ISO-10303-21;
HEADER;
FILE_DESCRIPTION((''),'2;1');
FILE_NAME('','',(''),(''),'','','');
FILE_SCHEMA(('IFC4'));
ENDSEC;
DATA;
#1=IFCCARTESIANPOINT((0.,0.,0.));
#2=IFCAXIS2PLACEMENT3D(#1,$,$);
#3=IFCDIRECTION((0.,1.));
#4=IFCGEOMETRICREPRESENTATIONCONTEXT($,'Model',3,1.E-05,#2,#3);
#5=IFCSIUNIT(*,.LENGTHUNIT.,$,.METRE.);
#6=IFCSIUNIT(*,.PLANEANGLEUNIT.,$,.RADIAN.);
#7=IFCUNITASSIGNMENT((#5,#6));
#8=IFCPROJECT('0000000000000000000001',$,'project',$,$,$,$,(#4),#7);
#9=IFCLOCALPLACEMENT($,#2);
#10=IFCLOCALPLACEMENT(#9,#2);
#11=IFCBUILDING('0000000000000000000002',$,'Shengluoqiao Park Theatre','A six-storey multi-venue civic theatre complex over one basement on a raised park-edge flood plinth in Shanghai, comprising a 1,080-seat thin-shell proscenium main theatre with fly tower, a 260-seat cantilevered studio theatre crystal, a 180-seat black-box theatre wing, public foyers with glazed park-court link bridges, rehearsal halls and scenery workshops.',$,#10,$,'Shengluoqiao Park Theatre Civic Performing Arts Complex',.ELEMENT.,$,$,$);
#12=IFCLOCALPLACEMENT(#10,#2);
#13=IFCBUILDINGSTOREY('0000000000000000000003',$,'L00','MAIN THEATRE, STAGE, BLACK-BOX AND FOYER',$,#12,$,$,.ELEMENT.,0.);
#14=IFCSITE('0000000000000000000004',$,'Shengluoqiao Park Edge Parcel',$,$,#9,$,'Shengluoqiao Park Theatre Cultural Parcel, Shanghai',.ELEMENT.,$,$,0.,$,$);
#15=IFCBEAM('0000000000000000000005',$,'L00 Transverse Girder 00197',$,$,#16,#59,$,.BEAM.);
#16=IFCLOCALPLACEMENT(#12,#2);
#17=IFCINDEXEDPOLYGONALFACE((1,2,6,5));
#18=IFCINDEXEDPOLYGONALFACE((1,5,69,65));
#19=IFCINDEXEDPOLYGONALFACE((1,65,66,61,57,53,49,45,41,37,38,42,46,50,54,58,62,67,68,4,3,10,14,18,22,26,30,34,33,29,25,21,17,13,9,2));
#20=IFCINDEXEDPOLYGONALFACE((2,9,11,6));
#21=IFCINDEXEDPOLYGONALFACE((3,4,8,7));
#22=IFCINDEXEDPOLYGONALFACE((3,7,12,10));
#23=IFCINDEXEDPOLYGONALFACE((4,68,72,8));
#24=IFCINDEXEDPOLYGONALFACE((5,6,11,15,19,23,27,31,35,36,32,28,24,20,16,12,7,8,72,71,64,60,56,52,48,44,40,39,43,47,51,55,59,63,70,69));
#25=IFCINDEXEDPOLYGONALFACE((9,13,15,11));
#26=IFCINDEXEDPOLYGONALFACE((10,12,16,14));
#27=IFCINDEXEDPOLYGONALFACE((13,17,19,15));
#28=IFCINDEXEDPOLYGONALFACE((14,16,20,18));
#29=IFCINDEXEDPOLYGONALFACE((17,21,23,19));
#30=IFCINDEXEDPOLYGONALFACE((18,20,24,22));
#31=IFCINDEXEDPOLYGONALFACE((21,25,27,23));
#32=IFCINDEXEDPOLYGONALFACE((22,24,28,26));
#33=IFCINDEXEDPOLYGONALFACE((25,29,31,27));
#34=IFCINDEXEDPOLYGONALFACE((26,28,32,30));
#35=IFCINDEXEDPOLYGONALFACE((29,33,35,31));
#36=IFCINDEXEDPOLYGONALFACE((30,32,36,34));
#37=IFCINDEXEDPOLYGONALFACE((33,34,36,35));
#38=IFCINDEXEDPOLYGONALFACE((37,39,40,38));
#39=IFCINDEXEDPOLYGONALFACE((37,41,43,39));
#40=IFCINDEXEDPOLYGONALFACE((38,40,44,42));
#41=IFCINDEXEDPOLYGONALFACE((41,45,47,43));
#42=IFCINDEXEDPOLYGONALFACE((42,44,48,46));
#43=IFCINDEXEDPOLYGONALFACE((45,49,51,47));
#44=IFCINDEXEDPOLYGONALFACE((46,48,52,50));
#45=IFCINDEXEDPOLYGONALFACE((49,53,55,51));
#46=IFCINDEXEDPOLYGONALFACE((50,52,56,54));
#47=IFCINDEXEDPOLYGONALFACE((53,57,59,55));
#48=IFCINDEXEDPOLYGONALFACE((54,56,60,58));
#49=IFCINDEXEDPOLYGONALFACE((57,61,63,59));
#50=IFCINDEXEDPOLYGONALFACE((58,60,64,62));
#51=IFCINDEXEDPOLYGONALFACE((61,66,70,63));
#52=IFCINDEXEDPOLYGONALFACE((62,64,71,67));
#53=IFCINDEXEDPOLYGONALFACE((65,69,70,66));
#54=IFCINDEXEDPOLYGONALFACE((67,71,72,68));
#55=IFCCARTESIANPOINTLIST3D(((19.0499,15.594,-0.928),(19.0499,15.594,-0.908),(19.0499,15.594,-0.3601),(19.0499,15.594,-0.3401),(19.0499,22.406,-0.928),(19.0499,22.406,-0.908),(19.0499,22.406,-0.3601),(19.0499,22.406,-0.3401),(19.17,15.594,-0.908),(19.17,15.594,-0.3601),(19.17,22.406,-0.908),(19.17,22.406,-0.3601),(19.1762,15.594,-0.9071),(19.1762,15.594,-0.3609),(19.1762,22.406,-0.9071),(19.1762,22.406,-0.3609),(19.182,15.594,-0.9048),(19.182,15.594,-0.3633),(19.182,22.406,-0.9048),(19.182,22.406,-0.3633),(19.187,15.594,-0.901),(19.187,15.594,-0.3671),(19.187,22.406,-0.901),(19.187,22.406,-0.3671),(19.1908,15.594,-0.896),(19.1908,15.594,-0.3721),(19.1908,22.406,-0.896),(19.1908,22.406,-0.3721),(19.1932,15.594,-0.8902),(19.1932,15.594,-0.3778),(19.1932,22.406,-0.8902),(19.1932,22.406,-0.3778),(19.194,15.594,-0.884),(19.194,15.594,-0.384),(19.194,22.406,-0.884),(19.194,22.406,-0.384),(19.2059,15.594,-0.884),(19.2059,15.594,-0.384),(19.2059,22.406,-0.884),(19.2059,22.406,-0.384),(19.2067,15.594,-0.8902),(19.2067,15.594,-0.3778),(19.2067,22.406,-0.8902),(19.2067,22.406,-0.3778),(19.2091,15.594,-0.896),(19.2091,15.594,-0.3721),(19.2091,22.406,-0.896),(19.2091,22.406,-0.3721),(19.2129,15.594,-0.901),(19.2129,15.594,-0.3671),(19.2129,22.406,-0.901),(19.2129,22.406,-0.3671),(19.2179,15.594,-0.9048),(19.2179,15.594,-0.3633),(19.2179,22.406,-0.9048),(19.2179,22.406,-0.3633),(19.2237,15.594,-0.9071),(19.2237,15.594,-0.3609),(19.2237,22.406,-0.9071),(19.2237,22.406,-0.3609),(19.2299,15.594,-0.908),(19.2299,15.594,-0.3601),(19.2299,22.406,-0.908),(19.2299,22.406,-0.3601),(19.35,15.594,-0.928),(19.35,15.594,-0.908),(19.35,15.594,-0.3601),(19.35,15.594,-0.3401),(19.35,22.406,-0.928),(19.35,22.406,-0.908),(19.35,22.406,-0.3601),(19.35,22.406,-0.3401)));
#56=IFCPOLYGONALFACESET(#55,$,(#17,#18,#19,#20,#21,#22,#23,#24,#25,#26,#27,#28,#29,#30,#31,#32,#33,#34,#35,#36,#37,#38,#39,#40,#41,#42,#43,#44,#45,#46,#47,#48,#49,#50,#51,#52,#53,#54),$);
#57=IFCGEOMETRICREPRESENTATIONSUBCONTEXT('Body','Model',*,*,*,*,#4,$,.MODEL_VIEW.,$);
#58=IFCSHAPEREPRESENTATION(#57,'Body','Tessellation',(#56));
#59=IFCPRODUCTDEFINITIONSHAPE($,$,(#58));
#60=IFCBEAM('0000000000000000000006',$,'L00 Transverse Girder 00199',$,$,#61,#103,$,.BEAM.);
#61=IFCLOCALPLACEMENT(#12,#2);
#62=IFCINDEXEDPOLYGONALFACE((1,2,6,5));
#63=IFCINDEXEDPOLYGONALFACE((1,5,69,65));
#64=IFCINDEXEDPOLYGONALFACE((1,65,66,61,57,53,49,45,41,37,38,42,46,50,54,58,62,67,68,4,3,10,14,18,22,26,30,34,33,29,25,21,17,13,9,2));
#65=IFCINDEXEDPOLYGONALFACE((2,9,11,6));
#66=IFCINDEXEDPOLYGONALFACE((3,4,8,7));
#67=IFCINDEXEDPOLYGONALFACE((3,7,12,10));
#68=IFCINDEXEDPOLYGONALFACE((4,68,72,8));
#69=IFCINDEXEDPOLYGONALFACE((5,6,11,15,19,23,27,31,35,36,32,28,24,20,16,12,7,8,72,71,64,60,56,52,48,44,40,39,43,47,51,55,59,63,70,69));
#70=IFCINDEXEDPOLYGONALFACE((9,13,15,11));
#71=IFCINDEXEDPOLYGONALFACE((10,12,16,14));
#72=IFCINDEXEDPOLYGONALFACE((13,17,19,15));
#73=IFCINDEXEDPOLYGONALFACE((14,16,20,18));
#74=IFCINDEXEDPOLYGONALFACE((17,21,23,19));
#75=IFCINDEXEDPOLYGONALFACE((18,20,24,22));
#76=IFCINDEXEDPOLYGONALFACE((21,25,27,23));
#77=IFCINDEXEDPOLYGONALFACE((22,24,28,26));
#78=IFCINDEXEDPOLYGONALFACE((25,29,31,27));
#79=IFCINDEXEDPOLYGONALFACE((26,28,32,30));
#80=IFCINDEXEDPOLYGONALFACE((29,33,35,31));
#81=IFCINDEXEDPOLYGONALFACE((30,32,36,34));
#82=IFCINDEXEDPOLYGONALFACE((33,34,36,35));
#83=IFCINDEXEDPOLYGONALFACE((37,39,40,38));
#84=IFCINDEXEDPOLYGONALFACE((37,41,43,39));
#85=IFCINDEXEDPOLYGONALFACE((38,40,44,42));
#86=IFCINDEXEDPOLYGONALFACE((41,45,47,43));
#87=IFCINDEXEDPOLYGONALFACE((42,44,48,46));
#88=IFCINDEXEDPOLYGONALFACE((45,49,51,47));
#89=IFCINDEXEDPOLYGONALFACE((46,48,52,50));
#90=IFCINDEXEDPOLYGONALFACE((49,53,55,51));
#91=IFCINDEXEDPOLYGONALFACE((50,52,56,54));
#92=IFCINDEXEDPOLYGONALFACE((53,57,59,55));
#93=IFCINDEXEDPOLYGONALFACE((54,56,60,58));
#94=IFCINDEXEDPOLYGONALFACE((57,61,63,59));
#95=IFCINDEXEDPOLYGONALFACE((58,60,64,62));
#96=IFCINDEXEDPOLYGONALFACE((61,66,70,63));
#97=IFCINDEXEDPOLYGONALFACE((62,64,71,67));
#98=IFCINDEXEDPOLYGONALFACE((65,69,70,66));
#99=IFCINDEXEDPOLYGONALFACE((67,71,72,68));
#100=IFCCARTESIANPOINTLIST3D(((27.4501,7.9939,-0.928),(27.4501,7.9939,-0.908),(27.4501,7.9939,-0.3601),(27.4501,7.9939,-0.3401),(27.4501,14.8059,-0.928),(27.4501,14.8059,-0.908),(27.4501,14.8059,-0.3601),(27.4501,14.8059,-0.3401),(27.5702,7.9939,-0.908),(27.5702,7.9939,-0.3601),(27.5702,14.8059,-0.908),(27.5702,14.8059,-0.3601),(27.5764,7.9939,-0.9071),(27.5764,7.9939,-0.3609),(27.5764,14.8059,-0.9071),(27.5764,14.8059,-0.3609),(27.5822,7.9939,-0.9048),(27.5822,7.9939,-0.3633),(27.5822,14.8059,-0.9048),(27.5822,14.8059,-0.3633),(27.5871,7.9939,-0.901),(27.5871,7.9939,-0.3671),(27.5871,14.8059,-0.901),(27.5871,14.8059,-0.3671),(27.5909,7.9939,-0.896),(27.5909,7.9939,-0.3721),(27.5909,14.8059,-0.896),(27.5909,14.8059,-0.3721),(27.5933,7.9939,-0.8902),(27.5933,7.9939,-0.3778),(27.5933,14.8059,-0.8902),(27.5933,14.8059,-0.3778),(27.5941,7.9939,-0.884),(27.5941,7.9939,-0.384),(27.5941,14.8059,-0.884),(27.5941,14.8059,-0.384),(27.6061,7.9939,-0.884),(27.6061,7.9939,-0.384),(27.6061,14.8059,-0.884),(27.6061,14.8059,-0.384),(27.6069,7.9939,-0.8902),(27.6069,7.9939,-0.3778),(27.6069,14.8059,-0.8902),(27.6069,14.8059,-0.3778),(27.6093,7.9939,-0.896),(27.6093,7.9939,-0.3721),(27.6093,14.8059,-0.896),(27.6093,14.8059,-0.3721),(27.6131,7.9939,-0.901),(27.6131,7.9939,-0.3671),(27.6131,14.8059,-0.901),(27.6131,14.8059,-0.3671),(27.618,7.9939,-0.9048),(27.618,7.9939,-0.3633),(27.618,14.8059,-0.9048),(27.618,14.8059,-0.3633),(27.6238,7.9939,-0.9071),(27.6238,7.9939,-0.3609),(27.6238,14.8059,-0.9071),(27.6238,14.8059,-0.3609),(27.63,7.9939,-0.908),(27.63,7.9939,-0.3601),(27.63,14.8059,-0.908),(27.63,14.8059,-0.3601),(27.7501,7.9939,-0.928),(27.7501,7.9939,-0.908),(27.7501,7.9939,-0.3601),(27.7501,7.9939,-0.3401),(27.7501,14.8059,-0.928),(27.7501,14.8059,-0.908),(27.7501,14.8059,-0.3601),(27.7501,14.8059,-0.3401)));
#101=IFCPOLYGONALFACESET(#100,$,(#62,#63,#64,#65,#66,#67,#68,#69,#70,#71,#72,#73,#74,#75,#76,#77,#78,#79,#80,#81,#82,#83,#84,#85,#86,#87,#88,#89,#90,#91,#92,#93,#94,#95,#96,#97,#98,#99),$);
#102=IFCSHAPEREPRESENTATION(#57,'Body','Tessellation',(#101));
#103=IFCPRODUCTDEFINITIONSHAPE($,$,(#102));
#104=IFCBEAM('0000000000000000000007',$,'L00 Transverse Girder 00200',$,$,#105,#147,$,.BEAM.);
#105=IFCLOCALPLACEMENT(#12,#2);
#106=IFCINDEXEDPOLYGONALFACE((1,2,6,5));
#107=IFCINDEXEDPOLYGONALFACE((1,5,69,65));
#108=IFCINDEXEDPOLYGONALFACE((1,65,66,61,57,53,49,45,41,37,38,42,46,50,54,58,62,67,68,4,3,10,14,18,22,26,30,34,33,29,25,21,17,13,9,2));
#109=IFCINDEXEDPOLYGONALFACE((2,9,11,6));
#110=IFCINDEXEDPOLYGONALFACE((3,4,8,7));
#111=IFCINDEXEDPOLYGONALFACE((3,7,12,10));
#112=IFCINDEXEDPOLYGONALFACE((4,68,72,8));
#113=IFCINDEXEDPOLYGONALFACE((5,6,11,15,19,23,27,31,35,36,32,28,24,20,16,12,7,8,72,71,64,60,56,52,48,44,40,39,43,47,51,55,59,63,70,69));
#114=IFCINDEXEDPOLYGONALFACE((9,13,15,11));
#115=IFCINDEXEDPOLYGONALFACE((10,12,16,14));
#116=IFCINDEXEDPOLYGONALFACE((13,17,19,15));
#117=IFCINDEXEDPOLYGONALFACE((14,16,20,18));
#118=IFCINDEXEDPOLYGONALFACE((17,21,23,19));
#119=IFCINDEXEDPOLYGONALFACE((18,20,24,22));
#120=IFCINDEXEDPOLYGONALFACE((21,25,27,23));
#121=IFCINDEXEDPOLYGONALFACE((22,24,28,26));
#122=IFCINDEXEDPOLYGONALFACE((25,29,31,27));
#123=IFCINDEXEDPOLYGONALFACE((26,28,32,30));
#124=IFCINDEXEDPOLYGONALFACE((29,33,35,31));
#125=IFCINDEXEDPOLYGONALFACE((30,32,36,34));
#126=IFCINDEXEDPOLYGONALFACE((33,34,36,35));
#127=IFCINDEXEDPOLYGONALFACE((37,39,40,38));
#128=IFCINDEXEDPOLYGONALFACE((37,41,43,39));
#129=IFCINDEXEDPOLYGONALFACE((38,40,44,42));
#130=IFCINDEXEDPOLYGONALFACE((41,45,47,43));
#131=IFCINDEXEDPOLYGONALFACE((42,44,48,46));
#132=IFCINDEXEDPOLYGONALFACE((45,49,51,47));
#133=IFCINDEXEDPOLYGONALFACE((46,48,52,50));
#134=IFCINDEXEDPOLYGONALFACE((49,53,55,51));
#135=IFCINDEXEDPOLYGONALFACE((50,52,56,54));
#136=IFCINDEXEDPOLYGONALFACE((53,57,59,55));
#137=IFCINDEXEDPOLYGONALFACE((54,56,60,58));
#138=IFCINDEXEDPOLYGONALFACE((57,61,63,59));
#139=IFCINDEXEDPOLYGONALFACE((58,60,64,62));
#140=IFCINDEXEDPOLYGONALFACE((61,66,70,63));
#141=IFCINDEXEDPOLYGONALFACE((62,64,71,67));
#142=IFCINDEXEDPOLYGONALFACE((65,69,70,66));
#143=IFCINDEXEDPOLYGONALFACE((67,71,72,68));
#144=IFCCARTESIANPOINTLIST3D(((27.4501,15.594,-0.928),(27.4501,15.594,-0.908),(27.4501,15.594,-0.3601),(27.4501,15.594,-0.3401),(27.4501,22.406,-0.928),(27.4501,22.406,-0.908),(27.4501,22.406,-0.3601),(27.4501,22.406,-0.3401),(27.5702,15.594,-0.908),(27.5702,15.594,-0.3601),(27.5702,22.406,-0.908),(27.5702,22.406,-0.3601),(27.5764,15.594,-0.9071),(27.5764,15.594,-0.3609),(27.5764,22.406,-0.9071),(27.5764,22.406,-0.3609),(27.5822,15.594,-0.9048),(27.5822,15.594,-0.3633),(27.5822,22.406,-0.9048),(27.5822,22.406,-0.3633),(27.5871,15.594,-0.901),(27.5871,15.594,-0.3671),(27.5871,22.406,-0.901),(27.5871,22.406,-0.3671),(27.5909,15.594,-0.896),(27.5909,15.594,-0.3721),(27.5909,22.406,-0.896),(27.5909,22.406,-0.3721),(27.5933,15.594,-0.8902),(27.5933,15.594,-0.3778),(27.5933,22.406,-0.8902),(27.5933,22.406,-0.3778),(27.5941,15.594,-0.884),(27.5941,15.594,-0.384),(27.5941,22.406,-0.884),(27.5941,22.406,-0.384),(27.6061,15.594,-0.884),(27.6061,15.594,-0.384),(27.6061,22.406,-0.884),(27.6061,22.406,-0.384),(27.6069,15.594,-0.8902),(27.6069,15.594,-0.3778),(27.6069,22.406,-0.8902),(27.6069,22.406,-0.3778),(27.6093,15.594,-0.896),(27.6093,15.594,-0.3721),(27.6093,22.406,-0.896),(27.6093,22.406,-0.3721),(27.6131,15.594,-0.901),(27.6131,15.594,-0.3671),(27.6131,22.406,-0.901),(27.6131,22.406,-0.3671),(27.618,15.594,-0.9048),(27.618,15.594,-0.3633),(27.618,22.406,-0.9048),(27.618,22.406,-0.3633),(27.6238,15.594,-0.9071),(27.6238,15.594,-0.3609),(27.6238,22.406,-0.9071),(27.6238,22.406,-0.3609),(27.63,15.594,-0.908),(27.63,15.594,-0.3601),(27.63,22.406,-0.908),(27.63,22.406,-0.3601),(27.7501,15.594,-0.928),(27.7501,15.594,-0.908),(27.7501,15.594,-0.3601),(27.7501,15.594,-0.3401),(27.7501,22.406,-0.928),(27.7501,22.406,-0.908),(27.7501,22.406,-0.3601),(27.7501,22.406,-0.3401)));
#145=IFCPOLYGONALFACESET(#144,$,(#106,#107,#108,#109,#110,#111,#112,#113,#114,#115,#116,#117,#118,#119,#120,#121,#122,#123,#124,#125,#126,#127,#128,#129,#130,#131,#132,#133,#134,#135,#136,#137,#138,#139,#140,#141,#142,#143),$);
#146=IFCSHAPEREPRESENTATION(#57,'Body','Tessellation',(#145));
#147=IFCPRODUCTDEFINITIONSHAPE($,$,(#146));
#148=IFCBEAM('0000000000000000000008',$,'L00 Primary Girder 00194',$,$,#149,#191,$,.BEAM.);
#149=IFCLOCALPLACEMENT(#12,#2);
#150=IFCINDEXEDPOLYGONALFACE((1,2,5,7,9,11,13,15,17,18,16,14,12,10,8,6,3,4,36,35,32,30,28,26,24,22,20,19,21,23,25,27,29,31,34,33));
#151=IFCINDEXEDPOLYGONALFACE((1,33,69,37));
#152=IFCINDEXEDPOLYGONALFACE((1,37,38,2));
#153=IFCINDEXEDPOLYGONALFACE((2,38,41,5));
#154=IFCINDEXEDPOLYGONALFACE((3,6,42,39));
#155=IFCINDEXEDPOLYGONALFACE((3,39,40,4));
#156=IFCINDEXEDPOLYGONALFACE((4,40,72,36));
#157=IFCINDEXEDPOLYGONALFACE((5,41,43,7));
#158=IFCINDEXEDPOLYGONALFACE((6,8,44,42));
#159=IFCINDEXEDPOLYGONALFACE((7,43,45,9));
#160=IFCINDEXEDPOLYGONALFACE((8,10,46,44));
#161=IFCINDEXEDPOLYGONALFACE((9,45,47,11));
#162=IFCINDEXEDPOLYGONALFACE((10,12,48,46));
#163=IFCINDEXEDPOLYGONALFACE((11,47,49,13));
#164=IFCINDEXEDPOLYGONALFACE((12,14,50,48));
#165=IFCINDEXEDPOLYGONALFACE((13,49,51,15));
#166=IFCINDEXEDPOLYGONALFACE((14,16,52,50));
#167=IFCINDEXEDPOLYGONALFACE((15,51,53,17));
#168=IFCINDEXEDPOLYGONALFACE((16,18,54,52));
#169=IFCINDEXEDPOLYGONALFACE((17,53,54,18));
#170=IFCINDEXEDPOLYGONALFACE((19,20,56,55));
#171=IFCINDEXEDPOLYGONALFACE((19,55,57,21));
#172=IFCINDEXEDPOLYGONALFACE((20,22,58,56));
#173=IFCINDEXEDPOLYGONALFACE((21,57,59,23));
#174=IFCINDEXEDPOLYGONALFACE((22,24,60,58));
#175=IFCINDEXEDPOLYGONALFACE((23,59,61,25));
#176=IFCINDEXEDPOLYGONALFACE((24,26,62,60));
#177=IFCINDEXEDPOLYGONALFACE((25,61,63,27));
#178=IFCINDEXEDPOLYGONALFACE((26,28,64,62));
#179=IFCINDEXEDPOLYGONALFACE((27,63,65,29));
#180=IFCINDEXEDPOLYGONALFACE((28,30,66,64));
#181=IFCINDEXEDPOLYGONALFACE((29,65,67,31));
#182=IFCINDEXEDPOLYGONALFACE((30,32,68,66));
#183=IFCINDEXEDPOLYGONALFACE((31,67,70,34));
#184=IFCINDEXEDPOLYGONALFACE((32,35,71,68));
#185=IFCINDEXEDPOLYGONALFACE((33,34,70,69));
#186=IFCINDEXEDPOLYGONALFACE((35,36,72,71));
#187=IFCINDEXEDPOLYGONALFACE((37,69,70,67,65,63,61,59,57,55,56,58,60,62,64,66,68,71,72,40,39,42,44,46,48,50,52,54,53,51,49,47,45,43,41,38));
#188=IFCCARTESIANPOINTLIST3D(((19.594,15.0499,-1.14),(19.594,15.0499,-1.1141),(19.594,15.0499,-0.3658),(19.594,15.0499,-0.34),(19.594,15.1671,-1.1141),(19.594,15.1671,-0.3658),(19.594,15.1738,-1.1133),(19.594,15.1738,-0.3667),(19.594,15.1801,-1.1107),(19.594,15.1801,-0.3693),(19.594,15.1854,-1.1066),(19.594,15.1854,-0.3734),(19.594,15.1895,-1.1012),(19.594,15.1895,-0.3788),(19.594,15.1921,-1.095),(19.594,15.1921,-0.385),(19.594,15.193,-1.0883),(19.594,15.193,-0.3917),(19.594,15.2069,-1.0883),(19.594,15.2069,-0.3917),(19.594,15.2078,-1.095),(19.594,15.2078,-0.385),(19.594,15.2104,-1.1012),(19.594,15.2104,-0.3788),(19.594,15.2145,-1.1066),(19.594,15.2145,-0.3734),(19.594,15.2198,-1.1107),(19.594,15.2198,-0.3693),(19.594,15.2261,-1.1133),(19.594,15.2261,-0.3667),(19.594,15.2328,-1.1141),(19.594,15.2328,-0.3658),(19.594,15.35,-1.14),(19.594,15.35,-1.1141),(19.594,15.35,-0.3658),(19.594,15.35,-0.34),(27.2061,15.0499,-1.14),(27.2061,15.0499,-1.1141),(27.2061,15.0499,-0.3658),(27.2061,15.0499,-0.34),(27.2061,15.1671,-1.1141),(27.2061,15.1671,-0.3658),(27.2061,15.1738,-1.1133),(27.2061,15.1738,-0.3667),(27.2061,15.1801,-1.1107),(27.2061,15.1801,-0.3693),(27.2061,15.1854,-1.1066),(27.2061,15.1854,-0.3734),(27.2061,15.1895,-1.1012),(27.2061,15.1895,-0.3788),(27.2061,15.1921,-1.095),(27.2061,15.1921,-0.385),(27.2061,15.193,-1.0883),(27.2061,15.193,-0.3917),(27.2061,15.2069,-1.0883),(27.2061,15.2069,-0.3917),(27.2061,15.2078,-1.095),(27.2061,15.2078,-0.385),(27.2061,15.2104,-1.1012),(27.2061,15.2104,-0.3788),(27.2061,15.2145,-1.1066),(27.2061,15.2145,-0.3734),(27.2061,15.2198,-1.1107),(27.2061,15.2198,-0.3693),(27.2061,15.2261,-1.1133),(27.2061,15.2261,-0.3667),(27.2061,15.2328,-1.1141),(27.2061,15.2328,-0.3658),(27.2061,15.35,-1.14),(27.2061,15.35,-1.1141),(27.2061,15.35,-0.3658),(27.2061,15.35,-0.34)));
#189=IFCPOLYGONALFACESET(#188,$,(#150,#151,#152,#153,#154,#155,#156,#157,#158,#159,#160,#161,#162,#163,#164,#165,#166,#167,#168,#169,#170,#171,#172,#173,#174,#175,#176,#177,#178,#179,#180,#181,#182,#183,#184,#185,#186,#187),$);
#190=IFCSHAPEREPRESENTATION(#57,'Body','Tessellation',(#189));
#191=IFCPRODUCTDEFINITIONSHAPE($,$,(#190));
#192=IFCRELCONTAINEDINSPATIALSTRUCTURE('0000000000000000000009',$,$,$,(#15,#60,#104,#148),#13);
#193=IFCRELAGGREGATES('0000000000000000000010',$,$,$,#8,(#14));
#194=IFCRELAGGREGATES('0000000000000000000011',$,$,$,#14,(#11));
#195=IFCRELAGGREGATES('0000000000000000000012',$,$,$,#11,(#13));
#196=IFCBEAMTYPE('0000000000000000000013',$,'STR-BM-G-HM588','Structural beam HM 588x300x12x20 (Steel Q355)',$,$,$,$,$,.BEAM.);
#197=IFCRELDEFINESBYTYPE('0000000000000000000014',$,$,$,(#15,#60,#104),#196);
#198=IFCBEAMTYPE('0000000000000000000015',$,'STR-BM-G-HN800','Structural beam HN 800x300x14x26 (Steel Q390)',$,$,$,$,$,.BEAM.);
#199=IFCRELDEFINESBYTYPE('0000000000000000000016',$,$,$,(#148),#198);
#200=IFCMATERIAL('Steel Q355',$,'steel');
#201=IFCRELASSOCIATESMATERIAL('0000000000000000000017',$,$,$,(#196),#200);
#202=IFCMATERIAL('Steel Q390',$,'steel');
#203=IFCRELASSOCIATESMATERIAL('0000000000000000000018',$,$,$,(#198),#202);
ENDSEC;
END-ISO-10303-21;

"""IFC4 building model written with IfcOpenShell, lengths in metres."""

from ifc_helpers import new_model, si_unit, direction, frame, origin, origin_2d, place, context, subcontext, project, spatial, i_section, extrude, material, material_profile, profile_set, type_object, element, save


model = new_model("IFC4")

# Units and contexts
model_context = context("Model", 3, precision=1e-05, world=origin(), true_north=direction((0.0, 1.0)))
body_context = subcontext(model_context, "Body", "Model", "MODEL_VIEW")
ifc_project = project(units=[si_unit("LENGTHUNIT", "METRE"), si_unit("PLANEANGLEUNIT", "RADIAN")], contexts=[model_context])

# Site, building, storey
site_placement = place(None, origin())
site = spatial("IfcSite", under=ifc_project, at=site_placement, Name="Shengluoqiao Park Edge Parcel", LongName="Shengluoqiao Park Theatre Cultural Parcel, Shanghai", CompositionType="ELEMENT", RefElevation=0.0)
building_placement = place(site_placement, origin())
building = spatial("IfcBuilding", under=site, at=building_placement, Name="Shengluoqiao Park Theatre", Description="A six-storey multi-venue civic theatre complex over one basement on a raised park-edge flood plinth in Shanghai, comprising a 1,080-seat thin-shell proscenium main theatre with fly tower, a 260-seat cantilevered studio theatre crystal, a 180-seat black-box theatre wing, public foyers with glazed park-court link bridges, rehearsal halls and scenery workshops.", LongName="Shengluoqiao Park Theatre Civic Performing Arts Complex", CompositionType="ELEMENT")
storey_placement = place(building_placement, origin())
storey = spatial("IfcBuildingStorey", under=building, at=storey_placement, Name="L00", Description="MAIN THEATRE, STAGE, BLACK-BOX AND FOYER", CompositionType="ELEMENT", Elevation=0.0)

# Shared definitions
ifc_material_1 = material(Name="Steel Q355", Category="steel")

# Beams
ifc_material_profile_1 = material_profile(ifc_material_1, i_section(OverallWidth=0.3, OverallDepth=0.5879, WebThickness=0.012, FlangeThickness=0.02, FilletRadius=0.0239, at=origin_2d()), Name="HM 588x300x12x20")
ifc_profile_set_1 = profile_set([ifc_material_profile_1], Name="Steel Q355")
beam_type_1 = type_object("IfcBeamType", Name="STR-BM-G-HM588", Description="Structural beam HM 588x300x12x20 (Steel Q355)", PredefinedType="BEAM", material=ifc_profile_set_1)
for number, where, z_axis, x_axis, name in (
    (1, (19.2, 15.594, -0.634), (0.0, 1.0, 0.0), (-1.0, 0.0, 0.0), "L00 Transverse Girder 00197"),
    (2, (27.6001, 7.9939, -0.634), (0.0, 1.0, 0.0), (-1.0, 0.0, 0.0), "L00 Transverse Girder 00199"),
    (3, (27.6001, 15.594, -0.634), (0.0, 1.0, 0.0), (-1.0, 0.0, 0.0), "L00 Transverse Girder 00200"),
):
    element("IfcBeam", number, at=place(storey_placement, frame(where, z_axis=z_axis, x_axis=x_axis)), inside=storey, type_object=beam_type_1, Name=name, PredefinedType="BEAM", context=body_context, shape_type="SweptSolid", body=[
        extrude(i_section(OverallWidth=0.3, OverallDepth=0.5879, WebThickness=0.012, FlangeThickness=0.02, FilletRadius=0.0239, at=origin_2d()), origin(), (0.0, 0.0, 1.0), 6.812),
    ])
ifc_material_2 = material(Name="Steel Q390", Category="steel")
ifc_material_profile_2 = material_profile(ifc_material_2, i_section(OverallWidth=0.3, OverallDepth=0.8, WebThickness=0.0139, FlangeThickness=0.0259, FilletRadius=0.0259, at=origin_2d()), Name="HN 800x300x14x26")
ifc_profile_set_2 = profile_set([ifc_material_profile_2], Name="Steel Q390")
beam_type_2 = type_object("IfcBeamType", Name="STR-BM-G-HN800", Description="Structural beam HN 800x300x14x26 (Steel Q390)", PredefinedType="BEAM", material=ifc_profile_set_2)
for number, where, z_axis, x_axis, name in (
    (4, (19.594, 15.2, -0.74), (1.0, 0.0, 0.0), (0.0, 1.0, 0.0), "L00 Primary Girder 00194"),
):
    element("IfcBeam", number, at=place(storey_placement, frame(where, z_axis=z_axis, x_axis=x_axis)), inside=storey, type_object=beam_type_2, Name=name, PredefinedType="BEAM", context=body_context, shape_type="SweptSolid", body=[
        extrude(i_section(OverallWidth=0.3, OverallDepth=0.8, WebThickness=0.0139, FlangeThickness=0.0259, FilletRadius=0.0259, at=origin_2d()), origin(), (0.0, 0.0, 1.0), 7.6121),
    ])

save(model, "model.ifc")
